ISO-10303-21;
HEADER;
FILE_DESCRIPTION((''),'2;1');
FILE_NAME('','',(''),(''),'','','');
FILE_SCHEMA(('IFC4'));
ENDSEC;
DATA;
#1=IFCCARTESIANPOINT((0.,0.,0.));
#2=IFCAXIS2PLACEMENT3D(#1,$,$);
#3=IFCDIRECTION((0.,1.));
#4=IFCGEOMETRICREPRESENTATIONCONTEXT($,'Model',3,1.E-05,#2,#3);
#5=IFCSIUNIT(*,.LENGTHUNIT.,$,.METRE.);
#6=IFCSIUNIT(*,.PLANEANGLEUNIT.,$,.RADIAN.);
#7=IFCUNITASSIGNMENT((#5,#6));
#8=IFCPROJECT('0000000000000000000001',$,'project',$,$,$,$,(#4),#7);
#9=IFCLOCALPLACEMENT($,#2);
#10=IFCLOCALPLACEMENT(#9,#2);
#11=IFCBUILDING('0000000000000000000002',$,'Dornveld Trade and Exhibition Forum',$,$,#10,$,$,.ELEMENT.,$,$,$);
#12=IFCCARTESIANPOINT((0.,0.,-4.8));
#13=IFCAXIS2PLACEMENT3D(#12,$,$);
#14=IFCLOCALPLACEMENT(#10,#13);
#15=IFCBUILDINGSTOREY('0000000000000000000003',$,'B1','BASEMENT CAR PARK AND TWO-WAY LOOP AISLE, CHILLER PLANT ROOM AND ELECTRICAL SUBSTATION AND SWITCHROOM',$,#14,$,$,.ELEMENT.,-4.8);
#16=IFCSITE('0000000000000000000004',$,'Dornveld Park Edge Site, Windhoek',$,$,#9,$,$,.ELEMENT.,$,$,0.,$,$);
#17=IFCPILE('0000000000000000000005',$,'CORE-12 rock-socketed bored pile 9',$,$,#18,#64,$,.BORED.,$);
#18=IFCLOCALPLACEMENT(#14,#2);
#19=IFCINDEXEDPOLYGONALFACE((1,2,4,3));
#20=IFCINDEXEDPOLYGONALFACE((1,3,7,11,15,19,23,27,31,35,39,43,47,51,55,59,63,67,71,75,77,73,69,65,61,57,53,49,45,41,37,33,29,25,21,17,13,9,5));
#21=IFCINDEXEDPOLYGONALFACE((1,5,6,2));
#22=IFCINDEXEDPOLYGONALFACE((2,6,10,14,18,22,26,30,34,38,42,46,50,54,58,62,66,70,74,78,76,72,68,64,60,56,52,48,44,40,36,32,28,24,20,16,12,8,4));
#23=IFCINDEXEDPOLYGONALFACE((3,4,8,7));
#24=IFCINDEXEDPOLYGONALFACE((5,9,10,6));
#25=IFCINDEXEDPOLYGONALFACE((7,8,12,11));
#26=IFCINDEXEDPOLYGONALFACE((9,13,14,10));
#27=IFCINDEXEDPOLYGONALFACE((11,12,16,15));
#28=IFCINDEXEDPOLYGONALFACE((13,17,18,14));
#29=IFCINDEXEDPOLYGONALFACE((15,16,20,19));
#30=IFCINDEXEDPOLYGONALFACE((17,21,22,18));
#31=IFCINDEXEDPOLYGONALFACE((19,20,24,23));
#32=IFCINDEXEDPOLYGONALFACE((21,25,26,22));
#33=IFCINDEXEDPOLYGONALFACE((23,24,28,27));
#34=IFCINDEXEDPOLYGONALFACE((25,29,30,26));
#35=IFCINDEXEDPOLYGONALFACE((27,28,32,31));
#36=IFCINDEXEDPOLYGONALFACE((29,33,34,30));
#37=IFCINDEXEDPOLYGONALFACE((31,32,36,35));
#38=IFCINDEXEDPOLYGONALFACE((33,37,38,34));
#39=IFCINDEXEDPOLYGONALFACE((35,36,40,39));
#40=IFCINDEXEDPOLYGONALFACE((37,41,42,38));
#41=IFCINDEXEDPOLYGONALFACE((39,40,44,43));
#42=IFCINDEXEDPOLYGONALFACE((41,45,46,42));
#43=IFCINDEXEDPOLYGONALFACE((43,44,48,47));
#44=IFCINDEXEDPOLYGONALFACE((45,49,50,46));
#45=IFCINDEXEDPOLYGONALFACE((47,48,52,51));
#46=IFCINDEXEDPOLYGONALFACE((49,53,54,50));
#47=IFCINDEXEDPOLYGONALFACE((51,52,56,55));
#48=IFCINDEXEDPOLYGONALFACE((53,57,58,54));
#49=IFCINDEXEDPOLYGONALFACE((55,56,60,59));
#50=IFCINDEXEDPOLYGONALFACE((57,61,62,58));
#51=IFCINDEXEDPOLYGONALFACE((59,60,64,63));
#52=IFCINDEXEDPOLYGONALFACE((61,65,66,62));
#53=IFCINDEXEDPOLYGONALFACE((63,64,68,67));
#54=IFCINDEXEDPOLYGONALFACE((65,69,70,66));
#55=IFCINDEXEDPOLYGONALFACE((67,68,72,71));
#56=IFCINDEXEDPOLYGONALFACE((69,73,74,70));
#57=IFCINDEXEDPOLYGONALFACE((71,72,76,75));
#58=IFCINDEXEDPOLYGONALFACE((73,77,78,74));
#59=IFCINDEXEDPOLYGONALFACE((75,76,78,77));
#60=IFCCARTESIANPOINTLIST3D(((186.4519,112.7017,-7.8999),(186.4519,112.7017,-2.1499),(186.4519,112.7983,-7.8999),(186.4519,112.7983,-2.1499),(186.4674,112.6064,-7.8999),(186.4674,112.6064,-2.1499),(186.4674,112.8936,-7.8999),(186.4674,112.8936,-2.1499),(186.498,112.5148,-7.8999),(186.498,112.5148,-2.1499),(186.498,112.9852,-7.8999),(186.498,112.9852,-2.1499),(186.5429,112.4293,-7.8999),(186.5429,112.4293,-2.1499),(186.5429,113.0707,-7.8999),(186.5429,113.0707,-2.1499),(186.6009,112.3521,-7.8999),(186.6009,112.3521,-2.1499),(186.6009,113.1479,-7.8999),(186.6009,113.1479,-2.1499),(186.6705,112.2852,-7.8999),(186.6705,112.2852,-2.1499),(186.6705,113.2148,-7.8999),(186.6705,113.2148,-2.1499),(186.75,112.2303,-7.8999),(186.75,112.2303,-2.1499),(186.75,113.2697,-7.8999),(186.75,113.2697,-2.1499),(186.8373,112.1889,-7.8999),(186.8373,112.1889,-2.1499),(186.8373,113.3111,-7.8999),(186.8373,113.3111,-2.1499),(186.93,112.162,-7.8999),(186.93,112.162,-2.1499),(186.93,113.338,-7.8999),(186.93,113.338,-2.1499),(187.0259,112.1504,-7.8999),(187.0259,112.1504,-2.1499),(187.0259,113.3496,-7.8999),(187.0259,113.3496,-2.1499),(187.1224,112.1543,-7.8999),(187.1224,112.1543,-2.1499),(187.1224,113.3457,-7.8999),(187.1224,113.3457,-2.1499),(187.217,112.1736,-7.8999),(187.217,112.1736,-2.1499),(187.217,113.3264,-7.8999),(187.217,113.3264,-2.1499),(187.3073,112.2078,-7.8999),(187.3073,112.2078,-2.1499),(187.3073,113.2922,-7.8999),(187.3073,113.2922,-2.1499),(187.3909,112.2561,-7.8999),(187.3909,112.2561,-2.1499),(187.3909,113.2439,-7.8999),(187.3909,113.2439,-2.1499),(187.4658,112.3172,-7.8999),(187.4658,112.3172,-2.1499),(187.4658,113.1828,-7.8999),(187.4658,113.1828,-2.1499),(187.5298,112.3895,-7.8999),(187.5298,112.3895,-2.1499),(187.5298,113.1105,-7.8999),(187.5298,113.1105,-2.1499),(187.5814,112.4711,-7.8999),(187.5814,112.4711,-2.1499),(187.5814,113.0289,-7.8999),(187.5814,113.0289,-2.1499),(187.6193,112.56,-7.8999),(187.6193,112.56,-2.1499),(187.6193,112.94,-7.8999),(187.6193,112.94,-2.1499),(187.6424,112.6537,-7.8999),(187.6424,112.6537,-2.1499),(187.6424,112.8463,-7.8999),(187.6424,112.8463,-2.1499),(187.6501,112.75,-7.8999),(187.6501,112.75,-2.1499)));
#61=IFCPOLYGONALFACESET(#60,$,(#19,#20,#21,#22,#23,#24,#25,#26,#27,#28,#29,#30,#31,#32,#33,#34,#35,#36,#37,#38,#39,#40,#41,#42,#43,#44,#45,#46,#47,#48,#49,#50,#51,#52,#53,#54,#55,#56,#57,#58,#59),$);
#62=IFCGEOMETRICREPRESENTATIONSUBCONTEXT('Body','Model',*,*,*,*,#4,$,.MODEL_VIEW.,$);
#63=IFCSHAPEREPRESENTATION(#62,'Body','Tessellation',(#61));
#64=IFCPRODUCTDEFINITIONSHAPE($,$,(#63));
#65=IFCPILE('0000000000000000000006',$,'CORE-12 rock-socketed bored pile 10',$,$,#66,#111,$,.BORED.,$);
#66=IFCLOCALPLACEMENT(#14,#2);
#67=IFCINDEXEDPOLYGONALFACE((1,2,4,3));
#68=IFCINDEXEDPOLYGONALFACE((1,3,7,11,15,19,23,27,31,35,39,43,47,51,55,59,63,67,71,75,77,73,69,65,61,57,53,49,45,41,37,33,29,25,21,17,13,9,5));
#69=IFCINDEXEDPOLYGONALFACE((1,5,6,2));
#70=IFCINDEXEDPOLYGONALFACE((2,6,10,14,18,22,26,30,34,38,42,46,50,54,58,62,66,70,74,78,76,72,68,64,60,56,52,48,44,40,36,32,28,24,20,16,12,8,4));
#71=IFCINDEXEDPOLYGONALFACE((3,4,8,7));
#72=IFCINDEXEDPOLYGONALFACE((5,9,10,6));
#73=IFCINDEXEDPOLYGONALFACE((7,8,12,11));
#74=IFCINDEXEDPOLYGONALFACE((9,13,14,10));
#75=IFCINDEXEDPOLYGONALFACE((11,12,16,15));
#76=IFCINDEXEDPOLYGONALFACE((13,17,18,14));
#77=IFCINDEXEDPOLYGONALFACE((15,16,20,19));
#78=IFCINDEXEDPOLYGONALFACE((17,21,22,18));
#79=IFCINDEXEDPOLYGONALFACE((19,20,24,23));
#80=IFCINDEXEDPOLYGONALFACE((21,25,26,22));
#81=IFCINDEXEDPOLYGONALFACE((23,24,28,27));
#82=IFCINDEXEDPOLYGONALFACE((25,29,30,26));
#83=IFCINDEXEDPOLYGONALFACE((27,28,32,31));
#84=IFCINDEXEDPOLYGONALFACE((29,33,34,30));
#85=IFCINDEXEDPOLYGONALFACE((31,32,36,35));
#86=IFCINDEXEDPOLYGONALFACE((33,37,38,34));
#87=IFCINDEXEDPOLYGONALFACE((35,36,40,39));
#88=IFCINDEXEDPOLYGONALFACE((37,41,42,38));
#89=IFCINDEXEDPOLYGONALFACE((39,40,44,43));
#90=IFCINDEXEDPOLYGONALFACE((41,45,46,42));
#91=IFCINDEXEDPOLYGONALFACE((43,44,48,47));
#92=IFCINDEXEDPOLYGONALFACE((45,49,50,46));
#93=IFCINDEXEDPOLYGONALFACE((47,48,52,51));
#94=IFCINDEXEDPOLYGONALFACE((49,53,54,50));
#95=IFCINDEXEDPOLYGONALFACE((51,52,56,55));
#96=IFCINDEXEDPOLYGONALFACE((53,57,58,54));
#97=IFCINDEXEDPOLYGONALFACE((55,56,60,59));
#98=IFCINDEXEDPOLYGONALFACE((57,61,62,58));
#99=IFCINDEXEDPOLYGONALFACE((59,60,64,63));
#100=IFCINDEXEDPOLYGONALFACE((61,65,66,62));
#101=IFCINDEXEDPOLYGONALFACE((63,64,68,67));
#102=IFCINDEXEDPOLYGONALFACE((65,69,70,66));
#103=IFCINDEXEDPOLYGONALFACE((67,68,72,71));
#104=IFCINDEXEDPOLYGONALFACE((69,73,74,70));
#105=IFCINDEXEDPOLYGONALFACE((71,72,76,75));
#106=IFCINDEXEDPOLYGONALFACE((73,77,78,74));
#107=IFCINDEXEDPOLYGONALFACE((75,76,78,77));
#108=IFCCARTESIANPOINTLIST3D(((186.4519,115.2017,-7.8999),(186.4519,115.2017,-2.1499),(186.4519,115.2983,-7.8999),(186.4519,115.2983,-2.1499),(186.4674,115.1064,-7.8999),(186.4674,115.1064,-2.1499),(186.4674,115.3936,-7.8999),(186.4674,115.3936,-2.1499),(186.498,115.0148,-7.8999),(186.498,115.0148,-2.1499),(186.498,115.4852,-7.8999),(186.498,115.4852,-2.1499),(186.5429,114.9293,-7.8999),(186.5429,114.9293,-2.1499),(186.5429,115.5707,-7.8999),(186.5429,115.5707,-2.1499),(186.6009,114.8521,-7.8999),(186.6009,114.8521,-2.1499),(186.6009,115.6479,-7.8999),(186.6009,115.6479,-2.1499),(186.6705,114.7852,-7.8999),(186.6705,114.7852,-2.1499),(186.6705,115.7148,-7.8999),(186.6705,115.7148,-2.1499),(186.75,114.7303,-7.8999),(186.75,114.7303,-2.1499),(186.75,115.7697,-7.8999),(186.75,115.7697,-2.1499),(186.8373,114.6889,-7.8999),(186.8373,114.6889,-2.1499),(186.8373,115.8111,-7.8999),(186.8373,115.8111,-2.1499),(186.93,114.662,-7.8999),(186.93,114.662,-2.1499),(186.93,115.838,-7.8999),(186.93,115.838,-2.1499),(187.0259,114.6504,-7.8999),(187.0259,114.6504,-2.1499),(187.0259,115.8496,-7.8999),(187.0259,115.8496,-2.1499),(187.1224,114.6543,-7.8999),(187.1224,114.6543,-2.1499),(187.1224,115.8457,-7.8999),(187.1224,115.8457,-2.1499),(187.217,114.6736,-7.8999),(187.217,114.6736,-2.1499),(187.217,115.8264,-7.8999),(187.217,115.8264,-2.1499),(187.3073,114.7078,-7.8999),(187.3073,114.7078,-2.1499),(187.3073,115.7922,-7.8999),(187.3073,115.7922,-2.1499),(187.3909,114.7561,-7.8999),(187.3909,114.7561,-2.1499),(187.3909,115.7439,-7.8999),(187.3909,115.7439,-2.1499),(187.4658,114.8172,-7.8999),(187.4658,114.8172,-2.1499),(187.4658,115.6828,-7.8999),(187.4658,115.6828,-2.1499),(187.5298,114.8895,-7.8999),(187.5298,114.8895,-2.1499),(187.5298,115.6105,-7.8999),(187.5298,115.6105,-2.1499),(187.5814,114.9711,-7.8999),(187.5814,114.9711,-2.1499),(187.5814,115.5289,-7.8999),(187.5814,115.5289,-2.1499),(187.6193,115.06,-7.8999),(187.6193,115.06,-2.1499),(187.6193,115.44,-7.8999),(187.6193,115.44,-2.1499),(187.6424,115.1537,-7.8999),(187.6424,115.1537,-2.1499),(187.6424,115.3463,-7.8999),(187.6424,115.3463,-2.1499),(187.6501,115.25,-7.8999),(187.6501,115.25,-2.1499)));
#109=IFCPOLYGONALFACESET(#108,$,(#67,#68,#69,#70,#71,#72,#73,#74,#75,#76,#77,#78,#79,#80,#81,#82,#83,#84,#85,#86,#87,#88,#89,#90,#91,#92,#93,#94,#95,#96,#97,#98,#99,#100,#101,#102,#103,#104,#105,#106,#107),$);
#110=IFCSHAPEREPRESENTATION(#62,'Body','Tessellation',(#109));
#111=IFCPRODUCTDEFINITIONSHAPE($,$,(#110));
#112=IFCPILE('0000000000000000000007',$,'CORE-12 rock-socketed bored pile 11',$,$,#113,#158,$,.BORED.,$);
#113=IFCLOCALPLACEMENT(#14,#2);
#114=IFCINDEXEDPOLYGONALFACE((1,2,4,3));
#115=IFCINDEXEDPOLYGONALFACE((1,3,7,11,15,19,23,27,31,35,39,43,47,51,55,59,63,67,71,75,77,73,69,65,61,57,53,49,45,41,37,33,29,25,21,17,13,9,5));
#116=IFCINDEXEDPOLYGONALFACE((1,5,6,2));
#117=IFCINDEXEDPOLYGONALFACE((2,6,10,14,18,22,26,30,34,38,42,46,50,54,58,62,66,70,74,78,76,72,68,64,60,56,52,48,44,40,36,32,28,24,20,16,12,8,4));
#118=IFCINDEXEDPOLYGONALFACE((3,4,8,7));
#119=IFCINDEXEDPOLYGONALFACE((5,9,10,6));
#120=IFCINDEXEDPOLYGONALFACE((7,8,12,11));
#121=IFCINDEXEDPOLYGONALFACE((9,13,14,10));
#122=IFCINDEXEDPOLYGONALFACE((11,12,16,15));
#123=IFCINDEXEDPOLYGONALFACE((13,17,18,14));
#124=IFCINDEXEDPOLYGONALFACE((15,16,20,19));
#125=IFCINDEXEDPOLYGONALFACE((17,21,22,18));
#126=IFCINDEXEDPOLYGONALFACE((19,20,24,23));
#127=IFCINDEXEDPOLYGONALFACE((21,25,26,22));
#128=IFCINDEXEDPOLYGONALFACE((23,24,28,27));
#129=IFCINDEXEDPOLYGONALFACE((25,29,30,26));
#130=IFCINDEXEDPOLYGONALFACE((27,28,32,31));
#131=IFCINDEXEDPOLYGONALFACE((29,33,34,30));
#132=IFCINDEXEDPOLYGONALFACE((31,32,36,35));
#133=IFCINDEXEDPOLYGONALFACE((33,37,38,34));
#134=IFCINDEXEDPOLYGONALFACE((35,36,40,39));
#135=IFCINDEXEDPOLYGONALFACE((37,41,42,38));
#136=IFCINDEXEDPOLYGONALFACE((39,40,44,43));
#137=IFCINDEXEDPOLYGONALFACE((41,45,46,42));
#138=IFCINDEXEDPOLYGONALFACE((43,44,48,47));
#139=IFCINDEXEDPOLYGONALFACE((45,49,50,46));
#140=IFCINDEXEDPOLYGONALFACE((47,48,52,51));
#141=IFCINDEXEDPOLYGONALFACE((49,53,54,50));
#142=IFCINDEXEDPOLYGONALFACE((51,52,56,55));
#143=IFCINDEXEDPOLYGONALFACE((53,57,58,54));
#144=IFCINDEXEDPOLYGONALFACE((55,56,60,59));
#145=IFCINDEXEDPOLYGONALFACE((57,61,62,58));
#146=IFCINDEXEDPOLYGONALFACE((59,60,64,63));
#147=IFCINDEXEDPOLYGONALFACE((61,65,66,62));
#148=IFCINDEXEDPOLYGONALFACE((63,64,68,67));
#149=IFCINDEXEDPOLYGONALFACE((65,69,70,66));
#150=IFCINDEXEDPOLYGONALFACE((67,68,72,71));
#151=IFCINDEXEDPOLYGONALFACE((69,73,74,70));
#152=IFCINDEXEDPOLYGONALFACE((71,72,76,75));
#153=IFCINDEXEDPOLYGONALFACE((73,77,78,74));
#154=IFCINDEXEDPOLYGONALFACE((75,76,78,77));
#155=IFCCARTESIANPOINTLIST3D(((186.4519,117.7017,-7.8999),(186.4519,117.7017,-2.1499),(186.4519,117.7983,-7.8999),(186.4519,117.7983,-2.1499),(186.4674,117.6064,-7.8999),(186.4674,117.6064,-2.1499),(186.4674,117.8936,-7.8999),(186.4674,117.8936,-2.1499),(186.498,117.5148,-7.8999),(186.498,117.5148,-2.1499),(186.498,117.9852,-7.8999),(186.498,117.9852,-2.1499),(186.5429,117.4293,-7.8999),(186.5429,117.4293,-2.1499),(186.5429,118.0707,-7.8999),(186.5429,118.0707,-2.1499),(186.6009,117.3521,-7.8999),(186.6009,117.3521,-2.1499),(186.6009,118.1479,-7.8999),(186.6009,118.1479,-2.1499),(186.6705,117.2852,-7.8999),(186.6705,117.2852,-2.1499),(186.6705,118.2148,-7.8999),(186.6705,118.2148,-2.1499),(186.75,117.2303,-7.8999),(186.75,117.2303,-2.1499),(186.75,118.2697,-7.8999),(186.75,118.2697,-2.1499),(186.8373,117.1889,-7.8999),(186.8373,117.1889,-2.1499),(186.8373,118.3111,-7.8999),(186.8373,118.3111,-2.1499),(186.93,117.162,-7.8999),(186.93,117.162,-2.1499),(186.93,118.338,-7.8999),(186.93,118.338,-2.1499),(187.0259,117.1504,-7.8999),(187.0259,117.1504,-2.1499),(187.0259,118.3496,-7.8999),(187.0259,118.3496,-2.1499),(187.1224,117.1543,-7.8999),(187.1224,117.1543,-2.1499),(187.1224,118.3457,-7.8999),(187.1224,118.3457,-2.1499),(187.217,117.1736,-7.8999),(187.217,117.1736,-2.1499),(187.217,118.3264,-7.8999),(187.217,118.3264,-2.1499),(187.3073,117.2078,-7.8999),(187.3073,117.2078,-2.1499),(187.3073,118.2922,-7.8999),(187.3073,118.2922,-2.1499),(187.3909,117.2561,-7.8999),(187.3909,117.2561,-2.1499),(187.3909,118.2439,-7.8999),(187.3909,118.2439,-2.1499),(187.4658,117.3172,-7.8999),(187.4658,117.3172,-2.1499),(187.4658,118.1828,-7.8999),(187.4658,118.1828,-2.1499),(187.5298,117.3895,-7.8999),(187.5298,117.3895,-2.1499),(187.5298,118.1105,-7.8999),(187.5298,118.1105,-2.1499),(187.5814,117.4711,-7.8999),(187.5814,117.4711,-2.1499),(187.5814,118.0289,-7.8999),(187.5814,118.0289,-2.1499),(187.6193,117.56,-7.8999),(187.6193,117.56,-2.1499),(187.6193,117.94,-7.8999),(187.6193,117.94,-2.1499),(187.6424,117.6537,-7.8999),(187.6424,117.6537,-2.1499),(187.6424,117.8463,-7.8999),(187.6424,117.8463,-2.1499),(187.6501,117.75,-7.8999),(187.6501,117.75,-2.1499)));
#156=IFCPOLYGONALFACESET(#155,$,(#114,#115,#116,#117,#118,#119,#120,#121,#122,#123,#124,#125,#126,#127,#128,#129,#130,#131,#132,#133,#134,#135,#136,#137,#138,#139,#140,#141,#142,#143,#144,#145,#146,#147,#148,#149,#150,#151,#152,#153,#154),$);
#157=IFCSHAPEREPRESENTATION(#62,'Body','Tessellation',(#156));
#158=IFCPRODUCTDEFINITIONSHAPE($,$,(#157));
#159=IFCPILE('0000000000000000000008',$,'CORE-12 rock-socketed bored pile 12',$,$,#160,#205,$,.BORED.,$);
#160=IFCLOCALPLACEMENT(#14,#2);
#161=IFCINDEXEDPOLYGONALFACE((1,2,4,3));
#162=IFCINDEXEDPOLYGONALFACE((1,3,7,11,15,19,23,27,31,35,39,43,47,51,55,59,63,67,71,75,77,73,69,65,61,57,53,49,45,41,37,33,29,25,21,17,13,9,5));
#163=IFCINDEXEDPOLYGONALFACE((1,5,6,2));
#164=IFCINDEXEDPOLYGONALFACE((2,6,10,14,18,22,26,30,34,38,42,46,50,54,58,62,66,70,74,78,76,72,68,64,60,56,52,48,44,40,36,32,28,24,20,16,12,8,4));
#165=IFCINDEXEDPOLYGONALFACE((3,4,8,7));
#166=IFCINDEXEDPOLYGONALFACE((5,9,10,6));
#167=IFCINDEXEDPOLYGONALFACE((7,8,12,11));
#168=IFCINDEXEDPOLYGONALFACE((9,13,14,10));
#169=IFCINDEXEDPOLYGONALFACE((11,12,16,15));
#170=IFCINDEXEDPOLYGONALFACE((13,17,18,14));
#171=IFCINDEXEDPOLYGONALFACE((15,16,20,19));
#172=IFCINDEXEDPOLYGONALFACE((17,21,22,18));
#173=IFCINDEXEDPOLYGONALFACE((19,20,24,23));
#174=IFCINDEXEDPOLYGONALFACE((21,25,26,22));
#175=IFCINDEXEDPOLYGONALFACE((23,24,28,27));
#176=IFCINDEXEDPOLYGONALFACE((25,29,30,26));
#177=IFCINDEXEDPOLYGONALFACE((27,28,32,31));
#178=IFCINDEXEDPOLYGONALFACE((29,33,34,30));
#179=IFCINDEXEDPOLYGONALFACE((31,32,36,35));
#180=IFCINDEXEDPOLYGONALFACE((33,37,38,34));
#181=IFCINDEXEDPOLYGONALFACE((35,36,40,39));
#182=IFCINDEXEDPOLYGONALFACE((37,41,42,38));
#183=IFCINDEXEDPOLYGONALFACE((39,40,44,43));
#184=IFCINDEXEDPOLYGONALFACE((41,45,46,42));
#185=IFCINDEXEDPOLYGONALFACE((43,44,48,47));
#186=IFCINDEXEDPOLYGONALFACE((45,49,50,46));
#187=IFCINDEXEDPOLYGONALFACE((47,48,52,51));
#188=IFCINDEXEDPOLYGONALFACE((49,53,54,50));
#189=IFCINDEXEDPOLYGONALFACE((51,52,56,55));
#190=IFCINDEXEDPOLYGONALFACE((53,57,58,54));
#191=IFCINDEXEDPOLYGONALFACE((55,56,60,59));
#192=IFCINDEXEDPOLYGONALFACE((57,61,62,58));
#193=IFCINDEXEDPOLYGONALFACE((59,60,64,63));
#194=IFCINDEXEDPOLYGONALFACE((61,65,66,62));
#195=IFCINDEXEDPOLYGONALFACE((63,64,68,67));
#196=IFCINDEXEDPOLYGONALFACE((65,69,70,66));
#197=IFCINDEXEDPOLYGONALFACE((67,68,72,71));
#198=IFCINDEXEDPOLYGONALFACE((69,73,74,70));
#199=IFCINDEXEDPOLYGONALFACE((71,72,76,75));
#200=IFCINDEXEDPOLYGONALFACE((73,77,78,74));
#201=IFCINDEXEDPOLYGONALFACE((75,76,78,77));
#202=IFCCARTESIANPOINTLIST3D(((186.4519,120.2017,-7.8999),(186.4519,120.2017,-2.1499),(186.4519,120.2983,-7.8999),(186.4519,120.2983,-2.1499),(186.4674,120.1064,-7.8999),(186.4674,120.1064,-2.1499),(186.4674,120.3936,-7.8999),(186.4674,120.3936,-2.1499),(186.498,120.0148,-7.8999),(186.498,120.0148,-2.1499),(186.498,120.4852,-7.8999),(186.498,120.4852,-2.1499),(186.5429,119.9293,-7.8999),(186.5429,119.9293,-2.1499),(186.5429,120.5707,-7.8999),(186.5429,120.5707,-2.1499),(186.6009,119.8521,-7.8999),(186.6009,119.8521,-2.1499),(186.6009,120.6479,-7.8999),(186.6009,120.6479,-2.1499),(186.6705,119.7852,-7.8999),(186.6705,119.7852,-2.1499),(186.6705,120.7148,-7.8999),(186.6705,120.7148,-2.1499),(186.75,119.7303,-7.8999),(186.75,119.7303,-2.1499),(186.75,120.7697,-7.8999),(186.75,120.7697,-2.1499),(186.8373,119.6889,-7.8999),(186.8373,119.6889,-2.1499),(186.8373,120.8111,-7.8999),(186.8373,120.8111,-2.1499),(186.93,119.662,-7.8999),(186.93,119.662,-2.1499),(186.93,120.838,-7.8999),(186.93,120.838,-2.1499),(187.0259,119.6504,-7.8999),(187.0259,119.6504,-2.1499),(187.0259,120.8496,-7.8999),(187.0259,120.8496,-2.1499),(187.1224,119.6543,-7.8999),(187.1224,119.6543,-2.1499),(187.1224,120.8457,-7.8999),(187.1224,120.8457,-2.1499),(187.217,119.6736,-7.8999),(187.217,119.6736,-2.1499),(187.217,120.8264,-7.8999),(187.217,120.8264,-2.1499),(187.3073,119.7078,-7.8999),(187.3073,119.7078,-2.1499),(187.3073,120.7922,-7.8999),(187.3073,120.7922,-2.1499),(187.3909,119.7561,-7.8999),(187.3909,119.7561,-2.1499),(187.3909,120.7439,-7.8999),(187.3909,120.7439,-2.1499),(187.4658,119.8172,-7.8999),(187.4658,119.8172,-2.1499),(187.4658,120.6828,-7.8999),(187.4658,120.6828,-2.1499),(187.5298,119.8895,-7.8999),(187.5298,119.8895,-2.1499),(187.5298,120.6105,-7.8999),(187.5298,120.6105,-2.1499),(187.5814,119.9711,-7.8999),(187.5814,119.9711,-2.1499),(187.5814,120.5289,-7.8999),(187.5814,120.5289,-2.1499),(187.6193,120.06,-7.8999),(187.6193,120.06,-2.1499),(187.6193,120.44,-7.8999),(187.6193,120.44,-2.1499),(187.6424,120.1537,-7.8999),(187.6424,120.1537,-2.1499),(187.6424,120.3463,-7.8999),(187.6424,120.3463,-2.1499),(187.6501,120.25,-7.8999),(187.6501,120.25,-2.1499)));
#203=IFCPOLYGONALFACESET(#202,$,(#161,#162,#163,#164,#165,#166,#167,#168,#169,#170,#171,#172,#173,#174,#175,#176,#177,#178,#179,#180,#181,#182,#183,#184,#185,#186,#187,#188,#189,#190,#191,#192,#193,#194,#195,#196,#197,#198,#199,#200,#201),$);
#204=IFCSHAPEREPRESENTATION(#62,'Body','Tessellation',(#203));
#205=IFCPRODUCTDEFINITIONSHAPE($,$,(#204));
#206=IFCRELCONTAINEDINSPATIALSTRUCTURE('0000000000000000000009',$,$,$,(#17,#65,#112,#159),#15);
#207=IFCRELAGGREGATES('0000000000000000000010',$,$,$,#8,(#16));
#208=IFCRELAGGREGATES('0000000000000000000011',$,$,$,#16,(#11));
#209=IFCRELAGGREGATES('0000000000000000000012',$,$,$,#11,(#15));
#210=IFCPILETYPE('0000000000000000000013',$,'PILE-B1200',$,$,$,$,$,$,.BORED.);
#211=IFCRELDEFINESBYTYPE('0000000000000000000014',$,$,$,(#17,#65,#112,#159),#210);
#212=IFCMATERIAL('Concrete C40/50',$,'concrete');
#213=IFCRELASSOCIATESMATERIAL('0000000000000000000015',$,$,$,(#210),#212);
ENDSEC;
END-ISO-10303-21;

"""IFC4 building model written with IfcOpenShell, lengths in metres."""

from ifc_helpers import new_model, si_unit, direction, frame, origin, origin_2d, place, context, subcontext, project, spatial, circle, extrude, material, material_profile, profile_set, type_object, element, save


model = new_model("IFC4")

# Units and contexts
model_context = context("Model", 3, precision=1e-05, world=origin(), true_north=direction((0.0, 1.0)))
body_context = subcontext(model_context, "Body", "Model", "MODEL_VIEW")
ifc_project = project(units=[si_unit("LENGTHUNIT", "METRE"), si_unit("PLANEANGLEUNIT", "RADIAN")], contexts=[model_context])

# Site, building, storey
site_placement = place(None, origin())
site = spatial("IfcSite", under=ifc_project, at=site_placement, Name="Dornveld Park Edge Site, Windhoek", CompositionType="ELEMENT", RefElevation=0.0)
building_placement = place(site_placement, origin())
building = spatial("IfcBuilding", under=site, at=building_placement, Name="Dornveld Trade and Exhibition Forum", CompositionType="ELEMENT")
storey_placement = place(building_placement, frame((0.0, 0.0, -4.8)))
storey = spatial("IfcBuildingStorey", under=building, at=storey_placement, Name="B1", Description="BASEMENT CAR PARK AND TWO-WAY LOOP AISLE, CHILLER PLANT ROOM AND ELECTRICAL SUBSTATION AND SWITCHROOM", CompositionType="ELEMENT", Elevation=-4.8)

# Piles
ifc_material_1 = material(Name="Concrete C40/50", Category="concrete")
ifc_material_profile_1 = material_profile(ifc_material_1, circle(Radius=0.6001, at=origin_2d()), Name="PILE D1200")
ifc_profile_set_1 = profile_set([ifc_material_profile_1], Name="Concrete C40/50")
pile_type_1 = type_object("IfcPileType", Name="PILE-B1200", PredefinedType="BORED", material=ifc_profile_set_1)
for number, where, z_axis, x_axis, name in (
    (1, (187.05, 112.75, -2.1499), (0.0, 0.0, -1.0), (1.0, 0.0, 0.0), "CORE-12 rock-socketed bored pile 9"),
    (2, (187.05, 115.25, -2.1499), (0.0, 0.0, -1.0), (1.0, 0.0, 0.0), "CORE-12 rock-socketed bored pile 10"),
    (3, (187.05, 117.75, -2.1499), (0.0, 0.0, -1.0), (1.0, 0.0, 0.0), "CORE-12 rock-socketed bored pile 11"),
    (4, (187.05, 120.25, -2.1499), (0.0, 0.0, -1.0), (1.0, 0.0, 0.0), "CORE-12 rock-socketed bored pile 12"),
):
    element("IfcPile", number, at=place(storey_placement, frame(where, z_axis=z_axis, x_axis=x_axis)), inside=storey, type_object=pile_type_1, Name=name, PredefinedType="BORED", context=body_context, shape_type="SweptSolid", body=[
        extrude(circle(Radius=0.6001, at=origin_2d()), origin(), (0.0, 0.0, 1.0), 5.75),
    ])

save(model, "model.ifc")
